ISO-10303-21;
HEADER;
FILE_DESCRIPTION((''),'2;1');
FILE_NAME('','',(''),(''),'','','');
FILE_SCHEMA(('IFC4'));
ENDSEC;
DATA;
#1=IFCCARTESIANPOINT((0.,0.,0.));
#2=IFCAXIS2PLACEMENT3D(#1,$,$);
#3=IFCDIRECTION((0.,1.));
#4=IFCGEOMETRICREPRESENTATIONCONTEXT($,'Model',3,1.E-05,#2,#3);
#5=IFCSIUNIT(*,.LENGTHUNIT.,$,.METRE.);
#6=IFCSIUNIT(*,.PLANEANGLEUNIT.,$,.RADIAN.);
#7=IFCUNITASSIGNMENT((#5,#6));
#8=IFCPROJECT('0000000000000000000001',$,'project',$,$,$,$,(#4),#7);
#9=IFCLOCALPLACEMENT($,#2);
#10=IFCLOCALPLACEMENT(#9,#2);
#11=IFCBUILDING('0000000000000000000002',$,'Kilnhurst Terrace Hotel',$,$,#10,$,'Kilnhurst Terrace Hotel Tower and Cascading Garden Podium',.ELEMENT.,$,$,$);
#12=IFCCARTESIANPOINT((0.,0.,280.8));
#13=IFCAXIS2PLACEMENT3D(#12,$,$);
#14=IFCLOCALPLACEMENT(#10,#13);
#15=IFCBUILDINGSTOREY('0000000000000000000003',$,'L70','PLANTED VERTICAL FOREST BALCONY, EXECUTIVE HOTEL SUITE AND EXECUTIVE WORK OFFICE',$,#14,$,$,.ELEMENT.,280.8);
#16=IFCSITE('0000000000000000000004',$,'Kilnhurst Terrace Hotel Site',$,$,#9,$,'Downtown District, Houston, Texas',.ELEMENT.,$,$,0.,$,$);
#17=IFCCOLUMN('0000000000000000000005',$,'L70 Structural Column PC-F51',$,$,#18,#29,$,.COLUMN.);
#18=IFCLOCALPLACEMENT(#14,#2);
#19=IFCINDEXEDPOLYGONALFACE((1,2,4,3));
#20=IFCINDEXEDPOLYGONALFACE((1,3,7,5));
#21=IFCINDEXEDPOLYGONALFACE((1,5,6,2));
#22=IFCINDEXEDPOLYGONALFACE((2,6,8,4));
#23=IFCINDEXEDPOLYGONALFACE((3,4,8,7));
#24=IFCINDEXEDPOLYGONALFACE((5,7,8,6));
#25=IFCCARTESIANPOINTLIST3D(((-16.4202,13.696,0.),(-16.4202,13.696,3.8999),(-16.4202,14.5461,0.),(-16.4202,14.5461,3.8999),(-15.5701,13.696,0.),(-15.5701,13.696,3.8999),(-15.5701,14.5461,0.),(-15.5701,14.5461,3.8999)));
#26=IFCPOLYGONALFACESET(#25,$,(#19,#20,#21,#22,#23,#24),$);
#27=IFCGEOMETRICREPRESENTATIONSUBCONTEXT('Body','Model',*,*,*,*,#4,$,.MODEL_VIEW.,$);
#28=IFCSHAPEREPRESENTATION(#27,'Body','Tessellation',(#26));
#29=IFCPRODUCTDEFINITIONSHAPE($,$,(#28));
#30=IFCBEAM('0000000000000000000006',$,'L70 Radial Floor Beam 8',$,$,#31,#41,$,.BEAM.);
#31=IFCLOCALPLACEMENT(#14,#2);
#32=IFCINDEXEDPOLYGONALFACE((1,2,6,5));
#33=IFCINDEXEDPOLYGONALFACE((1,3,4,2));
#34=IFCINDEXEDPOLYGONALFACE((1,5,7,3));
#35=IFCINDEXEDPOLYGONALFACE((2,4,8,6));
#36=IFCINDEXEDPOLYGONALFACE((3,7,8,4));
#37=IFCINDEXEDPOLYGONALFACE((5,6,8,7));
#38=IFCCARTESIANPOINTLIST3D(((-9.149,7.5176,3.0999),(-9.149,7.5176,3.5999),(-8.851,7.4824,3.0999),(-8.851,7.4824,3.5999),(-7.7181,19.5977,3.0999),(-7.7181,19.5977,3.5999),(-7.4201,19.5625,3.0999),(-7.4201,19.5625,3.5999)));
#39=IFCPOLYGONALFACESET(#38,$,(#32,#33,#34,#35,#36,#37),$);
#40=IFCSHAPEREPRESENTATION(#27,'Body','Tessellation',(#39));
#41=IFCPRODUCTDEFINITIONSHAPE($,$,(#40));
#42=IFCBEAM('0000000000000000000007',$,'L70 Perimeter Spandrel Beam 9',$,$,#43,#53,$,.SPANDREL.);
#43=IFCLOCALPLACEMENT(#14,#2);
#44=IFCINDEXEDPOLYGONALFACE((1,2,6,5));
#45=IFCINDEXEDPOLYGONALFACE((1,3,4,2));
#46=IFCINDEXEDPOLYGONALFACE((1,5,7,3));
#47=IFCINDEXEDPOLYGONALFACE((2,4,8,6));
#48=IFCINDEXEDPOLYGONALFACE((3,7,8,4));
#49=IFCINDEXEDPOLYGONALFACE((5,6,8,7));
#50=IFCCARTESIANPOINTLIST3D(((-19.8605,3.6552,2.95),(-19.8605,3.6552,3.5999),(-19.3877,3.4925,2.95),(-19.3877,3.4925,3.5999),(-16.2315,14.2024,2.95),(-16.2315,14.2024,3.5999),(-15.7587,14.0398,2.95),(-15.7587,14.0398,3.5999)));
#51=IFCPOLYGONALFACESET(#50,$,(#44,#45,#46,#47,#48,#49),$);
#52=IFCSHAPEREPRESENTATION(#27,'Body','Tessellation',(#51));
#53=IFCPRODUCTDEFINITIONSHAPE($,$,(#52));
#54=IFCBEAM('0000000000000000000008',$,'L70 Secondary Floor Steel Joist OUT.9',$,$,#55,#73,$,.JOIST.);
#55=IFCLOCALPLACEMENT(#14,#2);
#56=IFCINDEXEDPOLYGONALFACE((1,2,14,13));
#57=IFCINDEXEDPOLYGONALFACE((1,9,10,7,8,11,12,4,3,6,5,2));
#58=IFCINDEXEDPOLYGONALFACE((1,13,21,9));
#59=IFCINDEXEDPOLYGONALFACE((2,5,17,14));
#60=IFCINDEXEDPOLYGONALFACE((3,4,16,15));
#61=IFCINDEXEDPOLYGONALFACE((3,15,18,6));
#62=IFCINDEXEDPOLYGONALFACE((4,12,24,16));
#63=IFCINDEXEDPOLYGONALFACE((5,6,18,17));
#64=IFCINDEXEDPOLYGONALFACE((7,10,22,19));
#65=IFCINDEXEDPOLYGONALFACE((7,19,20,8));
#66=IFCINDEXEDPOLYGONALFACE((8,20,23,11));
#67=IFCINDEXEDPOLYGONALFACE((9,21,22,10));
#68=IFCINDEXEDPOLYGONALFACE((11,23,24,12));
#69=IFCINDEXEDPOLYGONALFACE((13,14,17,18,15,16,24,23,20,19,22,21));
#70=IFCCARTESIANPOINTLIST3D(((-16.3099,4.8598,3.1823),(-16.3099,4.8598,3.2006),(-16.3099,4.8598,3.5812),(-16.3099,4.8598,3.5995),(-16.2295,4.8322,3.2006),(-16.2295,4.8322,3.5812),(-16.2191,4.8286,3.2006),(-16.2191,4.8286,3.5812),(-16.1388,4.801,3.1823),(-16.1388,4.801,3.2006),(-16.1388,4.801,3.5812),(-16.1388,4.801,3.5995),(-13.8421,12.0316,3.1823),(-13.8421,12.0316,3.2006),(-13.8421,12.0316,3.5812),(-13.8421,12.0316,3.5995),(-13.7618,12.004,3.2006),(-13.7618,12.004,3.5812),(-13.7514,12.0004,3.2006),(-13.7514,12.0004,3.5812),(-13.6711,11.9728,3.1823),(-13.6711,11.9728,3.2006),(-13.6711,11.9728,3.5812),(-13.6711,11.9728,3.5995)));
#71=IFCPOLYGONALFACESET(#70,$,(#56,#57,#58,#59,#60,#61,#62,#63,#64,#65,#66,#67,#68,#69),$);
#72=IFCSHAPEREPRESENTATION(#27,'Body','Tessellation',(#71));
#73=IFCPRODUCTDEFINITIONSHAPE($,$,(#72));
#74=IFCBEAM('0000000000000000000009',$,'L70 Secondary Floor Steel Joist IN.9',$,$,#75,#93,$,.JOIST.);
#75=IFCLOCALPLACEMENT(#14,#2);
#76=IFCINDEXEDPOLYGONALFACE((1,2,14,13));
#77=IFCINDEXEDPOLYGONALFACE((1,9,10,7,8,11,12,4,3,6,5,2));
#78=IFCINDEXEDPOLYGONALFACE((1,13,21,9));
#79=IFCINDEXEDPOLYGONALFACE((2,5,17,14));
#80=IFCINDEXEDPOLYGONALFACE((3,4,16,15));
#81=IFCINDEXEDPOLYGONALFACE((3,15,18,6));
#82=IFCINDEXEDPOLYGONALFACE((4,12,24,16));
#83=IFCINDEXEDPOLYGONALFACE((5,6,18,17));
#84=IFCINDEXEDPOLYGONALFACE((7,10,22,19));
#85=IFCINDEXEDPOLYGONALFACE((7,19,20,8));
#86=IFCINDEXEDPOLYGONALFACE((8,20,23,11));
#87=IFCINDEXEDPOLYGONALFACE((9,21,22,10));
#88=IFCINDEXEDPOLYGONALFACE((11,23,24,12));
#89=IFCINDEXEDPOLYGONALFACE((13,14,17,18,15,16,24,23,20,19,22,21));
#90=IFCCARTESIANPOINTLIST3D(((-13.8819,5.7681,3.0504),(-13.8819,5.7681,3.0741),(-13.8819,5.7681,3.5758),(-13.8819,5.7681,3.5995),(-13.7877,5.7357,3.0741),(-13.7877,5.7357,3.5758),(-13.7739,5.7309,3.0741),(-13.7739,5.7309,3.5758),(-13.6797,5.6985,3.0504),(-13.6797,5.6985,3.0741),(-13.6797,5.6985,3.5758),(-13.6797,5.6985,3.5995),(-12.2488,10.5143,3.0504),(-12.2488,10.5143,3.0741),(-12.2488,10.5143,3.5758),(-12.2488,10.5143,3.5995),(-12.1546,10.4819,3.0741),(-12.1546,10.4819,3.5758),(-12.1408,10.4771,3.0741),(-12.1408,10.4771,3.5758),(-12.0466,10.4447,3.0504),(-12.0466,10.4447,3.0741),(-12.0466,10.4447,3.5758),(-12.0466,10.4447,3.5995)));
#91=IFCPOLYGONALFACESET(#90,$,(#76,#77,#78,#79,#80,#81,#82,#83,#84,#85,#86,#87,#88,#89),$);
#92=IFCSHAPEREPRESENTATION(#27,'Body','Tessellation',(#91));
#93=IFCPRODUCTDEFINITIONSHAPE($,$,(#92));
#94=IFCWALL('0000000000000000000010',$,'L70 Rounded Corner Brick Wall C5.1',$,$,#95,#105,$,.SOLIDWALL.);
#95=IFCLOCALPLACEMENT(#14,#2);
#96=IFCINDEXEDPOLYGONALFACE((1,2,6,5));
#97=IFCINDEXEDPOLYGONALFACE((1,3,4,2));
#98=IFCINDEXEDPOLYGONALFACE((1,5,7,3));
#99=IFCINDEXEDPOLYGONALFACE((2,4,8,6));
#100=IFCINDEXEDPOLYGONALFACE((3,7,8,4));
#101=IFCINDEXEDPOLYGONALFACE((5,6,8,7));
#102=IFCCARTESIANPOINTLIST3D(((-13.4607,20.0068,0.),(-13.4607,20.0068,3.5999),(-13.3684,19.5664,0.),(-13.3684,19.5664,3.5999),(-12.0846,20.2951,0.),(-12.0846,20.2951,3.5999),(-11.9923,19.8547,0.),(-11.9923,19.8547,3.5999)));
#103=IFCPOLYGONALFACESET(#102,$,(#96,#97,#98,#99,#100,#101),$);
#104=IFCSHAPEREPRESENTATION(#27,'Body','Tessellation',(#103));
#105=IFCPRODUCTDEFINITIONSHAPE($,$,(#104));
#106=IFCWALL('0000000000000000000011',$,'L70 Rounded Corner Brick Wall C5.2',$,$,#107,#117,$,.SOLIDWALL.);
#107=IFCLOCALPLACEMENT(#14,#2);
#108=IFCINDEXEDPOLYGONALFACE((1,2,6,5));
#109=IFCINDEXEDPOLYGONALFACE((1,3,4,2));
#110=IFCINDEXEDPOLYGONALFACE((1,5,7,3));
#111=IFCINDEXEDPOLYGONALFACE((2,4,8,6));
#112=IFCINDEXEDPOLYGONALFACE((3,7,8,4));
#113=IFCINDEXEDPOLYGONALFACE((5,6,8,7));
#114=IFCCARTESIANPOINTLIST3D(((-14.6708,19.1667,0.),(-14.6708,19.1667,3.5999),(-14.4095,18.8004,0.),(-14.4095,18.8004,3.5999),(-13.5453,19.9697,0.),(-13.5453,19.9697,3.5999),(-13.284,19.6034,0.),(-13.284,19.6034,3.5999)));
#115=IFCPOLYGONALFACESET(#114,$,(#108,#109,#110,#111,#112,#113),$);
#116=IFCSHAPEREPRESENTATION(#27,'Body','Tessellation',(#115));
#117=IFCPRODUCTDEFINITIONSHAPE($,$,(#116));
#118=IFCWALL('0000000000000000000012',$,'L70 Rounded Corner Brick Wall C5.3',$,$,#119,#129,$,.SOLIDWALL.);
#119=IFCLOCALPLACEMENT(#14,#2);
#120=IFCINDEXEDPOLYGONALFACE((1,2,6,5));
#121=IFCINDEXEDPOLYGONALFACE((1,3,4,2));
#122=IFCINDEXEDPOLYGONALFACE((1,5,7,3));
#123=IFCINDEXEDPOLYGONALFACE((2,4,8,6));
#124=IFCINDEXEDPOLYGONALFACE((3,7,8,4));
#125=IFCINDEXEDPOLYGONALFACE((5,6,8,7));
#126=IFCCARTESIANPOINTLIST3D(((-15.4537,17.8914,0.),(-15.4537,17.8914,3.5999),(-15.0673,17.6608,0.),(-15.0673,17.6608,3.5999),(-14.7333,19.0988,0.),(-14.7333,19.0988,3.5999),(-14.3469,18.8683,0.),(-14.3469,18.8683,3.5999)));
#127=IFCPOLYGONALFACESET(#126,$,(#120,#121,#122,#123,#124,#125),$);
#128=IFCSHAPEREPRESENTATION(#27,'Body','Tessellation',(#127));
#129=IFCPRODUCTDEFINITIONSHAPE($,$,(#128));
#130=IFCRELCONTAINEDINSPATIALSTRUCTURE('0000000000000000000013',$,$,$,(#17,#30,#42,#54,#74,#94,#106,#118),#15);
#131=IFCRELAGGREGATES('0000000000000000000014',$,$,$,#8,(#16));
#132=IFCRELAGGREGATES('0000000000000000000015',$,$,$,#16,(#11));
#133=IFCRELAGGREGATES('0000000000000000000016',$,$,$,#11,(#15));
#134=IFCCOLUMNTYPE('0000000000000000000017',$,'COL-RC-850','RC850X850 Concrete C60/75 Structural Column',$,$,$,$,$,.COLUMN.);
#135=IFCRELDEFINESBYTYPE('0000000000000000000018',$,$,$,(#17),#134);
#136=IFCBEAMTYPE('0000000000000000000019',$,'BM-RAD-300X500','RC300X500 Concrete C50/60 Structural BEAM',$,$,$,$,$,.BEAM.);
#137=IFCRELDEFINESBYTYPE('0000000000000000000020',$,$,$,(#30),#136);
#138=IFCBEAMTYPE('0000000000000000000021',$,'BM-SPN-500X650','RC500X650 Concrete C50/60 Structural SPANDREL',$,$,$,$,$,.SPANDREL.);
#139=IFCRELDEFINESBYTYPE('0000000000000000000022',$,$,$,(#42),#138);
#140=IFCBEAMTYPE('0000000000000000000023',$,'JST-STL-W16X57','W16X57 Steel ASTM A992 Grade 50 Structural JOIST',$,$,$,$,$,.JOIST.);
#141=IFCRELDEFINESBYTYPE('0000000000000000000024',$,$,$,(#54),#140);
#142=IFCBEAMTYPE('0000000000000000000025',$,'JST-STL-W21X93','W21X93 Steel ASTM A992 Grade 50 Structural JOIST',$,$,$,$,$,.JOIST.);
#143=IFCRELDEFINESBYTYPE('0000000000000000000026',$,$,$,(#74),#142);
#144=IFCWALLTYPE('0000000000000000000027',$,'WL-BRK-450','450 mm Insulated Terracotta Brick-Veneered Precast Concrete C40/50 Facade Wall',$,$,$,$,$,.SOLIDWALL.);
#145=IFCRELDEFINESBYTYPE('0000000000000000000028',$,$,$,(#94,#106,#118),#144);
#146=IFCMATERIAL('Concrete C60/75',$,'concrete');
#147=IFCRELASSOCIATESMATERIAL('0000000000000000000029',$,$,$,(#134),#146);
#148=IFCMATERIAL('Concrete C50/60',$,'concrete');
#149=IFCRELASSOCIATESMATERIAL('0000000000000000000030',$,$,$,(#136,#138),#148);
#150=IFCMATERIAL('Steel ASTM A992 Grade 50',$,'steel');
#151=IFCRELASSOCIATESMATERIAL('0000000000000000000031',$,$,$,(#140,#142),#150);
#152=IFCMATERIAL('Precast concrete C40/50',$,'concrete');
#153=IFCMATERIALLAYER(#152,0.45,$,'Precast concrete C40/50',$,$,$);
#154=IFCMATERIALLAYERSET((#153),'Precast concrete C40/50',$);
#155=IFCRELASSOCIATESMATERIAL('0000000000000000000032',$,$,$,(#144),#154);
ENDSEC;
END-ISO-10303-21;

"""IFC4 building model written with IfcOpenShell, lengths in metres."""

from ifc_helpers import new_model, si_unit, direction, frame, frame_2d, origin, origin_2d, place, context, subcontext, project, spatial, rectangle, i_section, extrude, material, layer, layer_set, material_profile, profile_set, type_object, element, save


model = new_model("IFC4")

# Units and contexts
model_context = context("Model", 3, precision=1e-05, world=origin(), true_north=direction((0.0, 1.0)))
body_context = subcontext(model_context, "Body", "Model", "MODEL_VIEW")
ifc_project = project(units=[si_unit("LENGTHUNIT", "METRE"), si_unit("PLANEANGLEUNIT", "RADIAN")], contexts=[model_context])

# Site, building, storey
site_placement = place(None, origin())
site = spatial("IfcSite", under=ifc_project, at=site_placement, Name="Kilnhurst Terrace Hotel Site", LongName="Downtown District, Houston, Texas", CompositionType="ELEMENT", RefElevation=0.0)
building_placement = place(site_placement, origin())
building = spatial("IfcBuilding", under=site, at=building_placement, Name="Kilnhurst Terrace Hotel", LongName="Kilnhurst Terrace Hotel Tower and Cascading Garden Podium", CompositionType="ELEMENT")
storey_placement = place(building_placement, frame((0.0, 0.0, 280.8)))
storey = spatial("IfcBuildingStorey", under=building, at=storey_placement, Name="L70", Description="PLANTED VERTICAL FOREST BALCONY, EXECUTIVE HOTEL SUITE AND EXECUTIVE WORK OFFICE", CompositionType="ELEMENT", Elevation=280.8)

# Column
ifc_material_1 = material(Name="Concrete C60/75", Category="concrete")
ifc_material_profile_1 = material_profile(ifc_material_1, rectangle(XDim=0.8501, YDim=0.8501, at=origin_2d()), Name="RC850X850")
ifc_profile_set_1 = profile_set([ifc_material_profile_1], Name="Concrete C60/75")
column_type = type_object("IfcColumnType", Name="COL-RC-850", Description="RC850X850 Concrete C60/75 Structural Column", PredefinedType="COLUMN", material=ifc_profile_set_1)
column_placement = place(storey_placement, frame((-15.9951, 14.1211, 0.0), z_axis=(0.0, 0.0, 1.0), x_axis=(1.0, 0.0, 0.0)))
element("IfcColumn", 1, at=column_placement, inside=storey, type_object=column_type, Name="L70 Structural Column PC-F51", PredefinedType="COLUMN", context=body_context, shape_type="SweptSolid", body=[
    extrude(rectangle(XDim=0.8501, YDim=0.8501, at=origin_2d()), origin(), (0.0, 0.0, 1.0), 3.8999),
])

# Beams
ifc_material_2 = material(Name="Concrete C50/60", Category="concrete")
ifc_material_profile_2 = material_profile(ifc_material_2, rectangle(XDim=0.3, YDim=0.5, at=origin_2d()), Name="RC300X500")
ifc_profile_set_2 = profile_set([ifc_material_profile_2], Name="Concrete C50/60")
beam_type_1 = type_object("IfcBeamType", Name="BM-RAD-300X500", Description="RC300X500 Concrete C50/60 Structural BEAM", PredefinedType="BEAM", material=ifc_profile_set_2)
beam_1_placement = place(storey_placement, frame((-9.0, 7.5, 3.3499), z_axis=(0.11763, 0.993058, 0.0), x_axis=(-0.993058, 0.11763, 0.0)))
element("IfcBeam", 2, at=beam_1_placement, inside=storey, type_object=beam_type_1, Name="L70 Radial Floor Beam 8", PredefinedType="BEAM", context=body_context, shape_type="SweptSolid", body=[
    extrude(rectangle(XDim=0.3, YDim=0.5, at=origin_2d()), origin(), (0.0, 0.0, 1.0), 12.1646),
])
ifc_material_profile_3 = material_profile(ifc_material_2, rectangle(XDim=0.5, YDim=0.6499, at=origin_2d()), Name="RC500X650")
ifc_profile_set_3 = profile_set([ifc_material_profile_3], Name="Concrete C50/60")
beam_type_2 = type_object("IfcBeamType", Name="BM-SPN-500X650", Description="RC500X650 Concrete C50/60 Structural SPANDREL", PredefinedType="SPANDREL", material=ifc_profile_set_3)
beam_2_placement = place(storey_placement, frame((-15.9951, 14.1211, 3.2749), z_axis=(-0.325347, -0.945595, 0.0), x_axis=(0.945595, -0.325347, 0.0)))
element("IfcBeam", 3, at=beam_2_placement, inside=storey, type_object=beam_type_2, Name="L70 Perimeter Spandrel Beam 9", PredefinedType="SPANDREL", context=body_context, shape_type="SweptSolid", body=[
    extrude(rectangle(XDim=0.5, YDim=0.6499, at=origin_2d()), origin(), (0.0, 0.0, 1.0), 11.1541),
])
ifc_material_3 = material(Name="Steel ASTM A992 Grade 50", Category="steel")
ifc_material_profile_4 = material_profile(ifc_material_3, i_section(OverallWidth=0.1809, OverallDepth=0.4172, WebThickness=0.011, FlangeThickness=0.0183, at=origin_2d()), Name="W16X57")
ifc_profile_set_4 = profile_set([ifc_material_profile_4], Name="Steel ASTM A992 Grade 50")
beam_type_3 = type_object("IfcBeamType", Name="JST-STL-W16X57", Description="W16X57 Steel ASTM A992 Grade 50 Structural JOIST", PredefinedType="JOIST", material=ifc_profile_set_4)
beam_3_placement = place(storey_placement, frame((-13.7566, 12.0022, 3.3909), z_axis=(-0.325368, -0.945588, 0.0), x_axis=(0.945588, -0.325368, 0.0)))
element("IfcBeam", 4, at=beam_3_placement, inside=storey, type_object=beam_type_3, Name="L70 Secondary Floor Steel Joist OUT.9", PredefinedType="JOIST", context=body_context, shape_type="SweptSolid", body=[
    extrude(i_section(OverallWidth=0.1809, OverallDepth=0.4172, WebThickness=0.011, FlangeThickness=0.0183, at=origin_2d()), origin(), (0.0, 0.0, 1.0), 7.5845),
])
ifc_material_profile_5 = material_profile(ifc_material_3, i_section(OverallWidth=0.2139, OverallDepth=0.5491, WebThickness=0.0146, FlangeThickness=0.0237, at=origin_2d()), Name="W21X93")
ifc_profile_set_5 = profile_set([ifc_material_profile_5], Name="Steel ASTM A992 Grade 50")
beam_type_4 = type_object("IfcBeamType", Name="JST-STL-W21X93", Description="W21X93 Steel ASTM A992 Grade 50 Structural JOIST", PredefinedType="JOIST", material=ifc_profile_set_5)
beam_4_placement = place(storey_placement, frame((-12.1477, 10.4795, 3.325), z_axis=(-0.325363, -0.945589, 0.0), x_axis=(0.945589, -0.325363, 0.0)))
element("IfcBeam", 5, at=beam_4_placement, inside=storey, type_object=beam_type_4, Name="L70 Secondary Floor Steel Joist IN.9", PredefinedType="JOIST", context=body_context, shape_type="SweptSolid", body=[
    extrude(i_section(OverallWidth=0.2139, OverallDepth=0.5491, WebThickness=0.0146, FlangeThickness=0.0237, at=origin_2d()), origin(), (0.0, 0.0, 1.0), 5.0193),
])

# Walls
ifc_material_4 = material(Name="Precast concrete C40/50", Category="concrete")
ifc_layer_1 = layer(ifc_material_4, 0.45, Name="Precast concrete C40/50")
ifc_layer_set_1 = layer_set([ifc_layer_1], Name="Precast concrete C40/50")
wall_type_1 = type_object("IfcWallType", Name="WL-BRK-450", Description="450 mm Insulated Terracotta Brick-Veneered Precast Concrete C40/50 Facade Wall", PredefinedType="SOLIDWALL", material=ifc_layer_set_1)
wall_1_placement = place(storey_placement, frame((-12.0383, 20.075, 0.0), z_axis=(0.0, 0.0, 1.0), x_axis=(-0.97875, -0.205057, 0.0)))
element("IfcWall", 6, at=wall_1_placement, inside=storey, type_object=wall_type_1, Name="L70 Rounded Corner Brick Wall C5.1", PredefinedType="SOLIDWALL", context=body_context, shape_type="SweptSolid", body=[
    extrude(rectangle(XDim=1.406, YDim=0.45, at=frame_2d((0.7031, 0.0))), origin(), (0.0, 0.0, 1.0), 3.5999),
])
wall_2_placement = place(storey_placement, frame((-13.4146, 19.7866, 0.0), z_axis=(0.0, 0.0, 1.0), x_axis=(-0.814055, -0.580787, 0.0)))
element("IfcWall", 7, at=wall_2_placement, inside=storey, type_object=wall_type_1, Name="L70 Rounded Corner Brick Wall C5.2", PredefinedType="SOLIDWALL", context=body_context, shape_type="SweptSolid", body=[
    extrude(rectangle(XDim=1.3826, YDim=0.45, at=frame_2d((0.6914, 0.0))), origin(), (0.0, 0.0, 1.0), 3.5999),
])
wall_3_placement = place(storey_placement, frame((-14.54, 18.9836, 0.0), z_axis=(0.0, 0.0, 1.0), x_axis=(-0.512375, -0.858762, 0.0)))
element("IfcWall", 8, at=wall_3_placement, inside=storey, type_object=wall_type_1, Name="L70 Rounded Corner Brick Wall C5.3", PredefinedType="SOLIDWALL", context=body_context, shape_type="SweptSolid", body=[
    extrude(rectangle(XDim=1.406, YDim=0.45, at=frame_2d((0.7031, 0.0))), origin(), (0.0, 0.0, 1.0), 3.5999),
])

save(model, "model.ifc")
